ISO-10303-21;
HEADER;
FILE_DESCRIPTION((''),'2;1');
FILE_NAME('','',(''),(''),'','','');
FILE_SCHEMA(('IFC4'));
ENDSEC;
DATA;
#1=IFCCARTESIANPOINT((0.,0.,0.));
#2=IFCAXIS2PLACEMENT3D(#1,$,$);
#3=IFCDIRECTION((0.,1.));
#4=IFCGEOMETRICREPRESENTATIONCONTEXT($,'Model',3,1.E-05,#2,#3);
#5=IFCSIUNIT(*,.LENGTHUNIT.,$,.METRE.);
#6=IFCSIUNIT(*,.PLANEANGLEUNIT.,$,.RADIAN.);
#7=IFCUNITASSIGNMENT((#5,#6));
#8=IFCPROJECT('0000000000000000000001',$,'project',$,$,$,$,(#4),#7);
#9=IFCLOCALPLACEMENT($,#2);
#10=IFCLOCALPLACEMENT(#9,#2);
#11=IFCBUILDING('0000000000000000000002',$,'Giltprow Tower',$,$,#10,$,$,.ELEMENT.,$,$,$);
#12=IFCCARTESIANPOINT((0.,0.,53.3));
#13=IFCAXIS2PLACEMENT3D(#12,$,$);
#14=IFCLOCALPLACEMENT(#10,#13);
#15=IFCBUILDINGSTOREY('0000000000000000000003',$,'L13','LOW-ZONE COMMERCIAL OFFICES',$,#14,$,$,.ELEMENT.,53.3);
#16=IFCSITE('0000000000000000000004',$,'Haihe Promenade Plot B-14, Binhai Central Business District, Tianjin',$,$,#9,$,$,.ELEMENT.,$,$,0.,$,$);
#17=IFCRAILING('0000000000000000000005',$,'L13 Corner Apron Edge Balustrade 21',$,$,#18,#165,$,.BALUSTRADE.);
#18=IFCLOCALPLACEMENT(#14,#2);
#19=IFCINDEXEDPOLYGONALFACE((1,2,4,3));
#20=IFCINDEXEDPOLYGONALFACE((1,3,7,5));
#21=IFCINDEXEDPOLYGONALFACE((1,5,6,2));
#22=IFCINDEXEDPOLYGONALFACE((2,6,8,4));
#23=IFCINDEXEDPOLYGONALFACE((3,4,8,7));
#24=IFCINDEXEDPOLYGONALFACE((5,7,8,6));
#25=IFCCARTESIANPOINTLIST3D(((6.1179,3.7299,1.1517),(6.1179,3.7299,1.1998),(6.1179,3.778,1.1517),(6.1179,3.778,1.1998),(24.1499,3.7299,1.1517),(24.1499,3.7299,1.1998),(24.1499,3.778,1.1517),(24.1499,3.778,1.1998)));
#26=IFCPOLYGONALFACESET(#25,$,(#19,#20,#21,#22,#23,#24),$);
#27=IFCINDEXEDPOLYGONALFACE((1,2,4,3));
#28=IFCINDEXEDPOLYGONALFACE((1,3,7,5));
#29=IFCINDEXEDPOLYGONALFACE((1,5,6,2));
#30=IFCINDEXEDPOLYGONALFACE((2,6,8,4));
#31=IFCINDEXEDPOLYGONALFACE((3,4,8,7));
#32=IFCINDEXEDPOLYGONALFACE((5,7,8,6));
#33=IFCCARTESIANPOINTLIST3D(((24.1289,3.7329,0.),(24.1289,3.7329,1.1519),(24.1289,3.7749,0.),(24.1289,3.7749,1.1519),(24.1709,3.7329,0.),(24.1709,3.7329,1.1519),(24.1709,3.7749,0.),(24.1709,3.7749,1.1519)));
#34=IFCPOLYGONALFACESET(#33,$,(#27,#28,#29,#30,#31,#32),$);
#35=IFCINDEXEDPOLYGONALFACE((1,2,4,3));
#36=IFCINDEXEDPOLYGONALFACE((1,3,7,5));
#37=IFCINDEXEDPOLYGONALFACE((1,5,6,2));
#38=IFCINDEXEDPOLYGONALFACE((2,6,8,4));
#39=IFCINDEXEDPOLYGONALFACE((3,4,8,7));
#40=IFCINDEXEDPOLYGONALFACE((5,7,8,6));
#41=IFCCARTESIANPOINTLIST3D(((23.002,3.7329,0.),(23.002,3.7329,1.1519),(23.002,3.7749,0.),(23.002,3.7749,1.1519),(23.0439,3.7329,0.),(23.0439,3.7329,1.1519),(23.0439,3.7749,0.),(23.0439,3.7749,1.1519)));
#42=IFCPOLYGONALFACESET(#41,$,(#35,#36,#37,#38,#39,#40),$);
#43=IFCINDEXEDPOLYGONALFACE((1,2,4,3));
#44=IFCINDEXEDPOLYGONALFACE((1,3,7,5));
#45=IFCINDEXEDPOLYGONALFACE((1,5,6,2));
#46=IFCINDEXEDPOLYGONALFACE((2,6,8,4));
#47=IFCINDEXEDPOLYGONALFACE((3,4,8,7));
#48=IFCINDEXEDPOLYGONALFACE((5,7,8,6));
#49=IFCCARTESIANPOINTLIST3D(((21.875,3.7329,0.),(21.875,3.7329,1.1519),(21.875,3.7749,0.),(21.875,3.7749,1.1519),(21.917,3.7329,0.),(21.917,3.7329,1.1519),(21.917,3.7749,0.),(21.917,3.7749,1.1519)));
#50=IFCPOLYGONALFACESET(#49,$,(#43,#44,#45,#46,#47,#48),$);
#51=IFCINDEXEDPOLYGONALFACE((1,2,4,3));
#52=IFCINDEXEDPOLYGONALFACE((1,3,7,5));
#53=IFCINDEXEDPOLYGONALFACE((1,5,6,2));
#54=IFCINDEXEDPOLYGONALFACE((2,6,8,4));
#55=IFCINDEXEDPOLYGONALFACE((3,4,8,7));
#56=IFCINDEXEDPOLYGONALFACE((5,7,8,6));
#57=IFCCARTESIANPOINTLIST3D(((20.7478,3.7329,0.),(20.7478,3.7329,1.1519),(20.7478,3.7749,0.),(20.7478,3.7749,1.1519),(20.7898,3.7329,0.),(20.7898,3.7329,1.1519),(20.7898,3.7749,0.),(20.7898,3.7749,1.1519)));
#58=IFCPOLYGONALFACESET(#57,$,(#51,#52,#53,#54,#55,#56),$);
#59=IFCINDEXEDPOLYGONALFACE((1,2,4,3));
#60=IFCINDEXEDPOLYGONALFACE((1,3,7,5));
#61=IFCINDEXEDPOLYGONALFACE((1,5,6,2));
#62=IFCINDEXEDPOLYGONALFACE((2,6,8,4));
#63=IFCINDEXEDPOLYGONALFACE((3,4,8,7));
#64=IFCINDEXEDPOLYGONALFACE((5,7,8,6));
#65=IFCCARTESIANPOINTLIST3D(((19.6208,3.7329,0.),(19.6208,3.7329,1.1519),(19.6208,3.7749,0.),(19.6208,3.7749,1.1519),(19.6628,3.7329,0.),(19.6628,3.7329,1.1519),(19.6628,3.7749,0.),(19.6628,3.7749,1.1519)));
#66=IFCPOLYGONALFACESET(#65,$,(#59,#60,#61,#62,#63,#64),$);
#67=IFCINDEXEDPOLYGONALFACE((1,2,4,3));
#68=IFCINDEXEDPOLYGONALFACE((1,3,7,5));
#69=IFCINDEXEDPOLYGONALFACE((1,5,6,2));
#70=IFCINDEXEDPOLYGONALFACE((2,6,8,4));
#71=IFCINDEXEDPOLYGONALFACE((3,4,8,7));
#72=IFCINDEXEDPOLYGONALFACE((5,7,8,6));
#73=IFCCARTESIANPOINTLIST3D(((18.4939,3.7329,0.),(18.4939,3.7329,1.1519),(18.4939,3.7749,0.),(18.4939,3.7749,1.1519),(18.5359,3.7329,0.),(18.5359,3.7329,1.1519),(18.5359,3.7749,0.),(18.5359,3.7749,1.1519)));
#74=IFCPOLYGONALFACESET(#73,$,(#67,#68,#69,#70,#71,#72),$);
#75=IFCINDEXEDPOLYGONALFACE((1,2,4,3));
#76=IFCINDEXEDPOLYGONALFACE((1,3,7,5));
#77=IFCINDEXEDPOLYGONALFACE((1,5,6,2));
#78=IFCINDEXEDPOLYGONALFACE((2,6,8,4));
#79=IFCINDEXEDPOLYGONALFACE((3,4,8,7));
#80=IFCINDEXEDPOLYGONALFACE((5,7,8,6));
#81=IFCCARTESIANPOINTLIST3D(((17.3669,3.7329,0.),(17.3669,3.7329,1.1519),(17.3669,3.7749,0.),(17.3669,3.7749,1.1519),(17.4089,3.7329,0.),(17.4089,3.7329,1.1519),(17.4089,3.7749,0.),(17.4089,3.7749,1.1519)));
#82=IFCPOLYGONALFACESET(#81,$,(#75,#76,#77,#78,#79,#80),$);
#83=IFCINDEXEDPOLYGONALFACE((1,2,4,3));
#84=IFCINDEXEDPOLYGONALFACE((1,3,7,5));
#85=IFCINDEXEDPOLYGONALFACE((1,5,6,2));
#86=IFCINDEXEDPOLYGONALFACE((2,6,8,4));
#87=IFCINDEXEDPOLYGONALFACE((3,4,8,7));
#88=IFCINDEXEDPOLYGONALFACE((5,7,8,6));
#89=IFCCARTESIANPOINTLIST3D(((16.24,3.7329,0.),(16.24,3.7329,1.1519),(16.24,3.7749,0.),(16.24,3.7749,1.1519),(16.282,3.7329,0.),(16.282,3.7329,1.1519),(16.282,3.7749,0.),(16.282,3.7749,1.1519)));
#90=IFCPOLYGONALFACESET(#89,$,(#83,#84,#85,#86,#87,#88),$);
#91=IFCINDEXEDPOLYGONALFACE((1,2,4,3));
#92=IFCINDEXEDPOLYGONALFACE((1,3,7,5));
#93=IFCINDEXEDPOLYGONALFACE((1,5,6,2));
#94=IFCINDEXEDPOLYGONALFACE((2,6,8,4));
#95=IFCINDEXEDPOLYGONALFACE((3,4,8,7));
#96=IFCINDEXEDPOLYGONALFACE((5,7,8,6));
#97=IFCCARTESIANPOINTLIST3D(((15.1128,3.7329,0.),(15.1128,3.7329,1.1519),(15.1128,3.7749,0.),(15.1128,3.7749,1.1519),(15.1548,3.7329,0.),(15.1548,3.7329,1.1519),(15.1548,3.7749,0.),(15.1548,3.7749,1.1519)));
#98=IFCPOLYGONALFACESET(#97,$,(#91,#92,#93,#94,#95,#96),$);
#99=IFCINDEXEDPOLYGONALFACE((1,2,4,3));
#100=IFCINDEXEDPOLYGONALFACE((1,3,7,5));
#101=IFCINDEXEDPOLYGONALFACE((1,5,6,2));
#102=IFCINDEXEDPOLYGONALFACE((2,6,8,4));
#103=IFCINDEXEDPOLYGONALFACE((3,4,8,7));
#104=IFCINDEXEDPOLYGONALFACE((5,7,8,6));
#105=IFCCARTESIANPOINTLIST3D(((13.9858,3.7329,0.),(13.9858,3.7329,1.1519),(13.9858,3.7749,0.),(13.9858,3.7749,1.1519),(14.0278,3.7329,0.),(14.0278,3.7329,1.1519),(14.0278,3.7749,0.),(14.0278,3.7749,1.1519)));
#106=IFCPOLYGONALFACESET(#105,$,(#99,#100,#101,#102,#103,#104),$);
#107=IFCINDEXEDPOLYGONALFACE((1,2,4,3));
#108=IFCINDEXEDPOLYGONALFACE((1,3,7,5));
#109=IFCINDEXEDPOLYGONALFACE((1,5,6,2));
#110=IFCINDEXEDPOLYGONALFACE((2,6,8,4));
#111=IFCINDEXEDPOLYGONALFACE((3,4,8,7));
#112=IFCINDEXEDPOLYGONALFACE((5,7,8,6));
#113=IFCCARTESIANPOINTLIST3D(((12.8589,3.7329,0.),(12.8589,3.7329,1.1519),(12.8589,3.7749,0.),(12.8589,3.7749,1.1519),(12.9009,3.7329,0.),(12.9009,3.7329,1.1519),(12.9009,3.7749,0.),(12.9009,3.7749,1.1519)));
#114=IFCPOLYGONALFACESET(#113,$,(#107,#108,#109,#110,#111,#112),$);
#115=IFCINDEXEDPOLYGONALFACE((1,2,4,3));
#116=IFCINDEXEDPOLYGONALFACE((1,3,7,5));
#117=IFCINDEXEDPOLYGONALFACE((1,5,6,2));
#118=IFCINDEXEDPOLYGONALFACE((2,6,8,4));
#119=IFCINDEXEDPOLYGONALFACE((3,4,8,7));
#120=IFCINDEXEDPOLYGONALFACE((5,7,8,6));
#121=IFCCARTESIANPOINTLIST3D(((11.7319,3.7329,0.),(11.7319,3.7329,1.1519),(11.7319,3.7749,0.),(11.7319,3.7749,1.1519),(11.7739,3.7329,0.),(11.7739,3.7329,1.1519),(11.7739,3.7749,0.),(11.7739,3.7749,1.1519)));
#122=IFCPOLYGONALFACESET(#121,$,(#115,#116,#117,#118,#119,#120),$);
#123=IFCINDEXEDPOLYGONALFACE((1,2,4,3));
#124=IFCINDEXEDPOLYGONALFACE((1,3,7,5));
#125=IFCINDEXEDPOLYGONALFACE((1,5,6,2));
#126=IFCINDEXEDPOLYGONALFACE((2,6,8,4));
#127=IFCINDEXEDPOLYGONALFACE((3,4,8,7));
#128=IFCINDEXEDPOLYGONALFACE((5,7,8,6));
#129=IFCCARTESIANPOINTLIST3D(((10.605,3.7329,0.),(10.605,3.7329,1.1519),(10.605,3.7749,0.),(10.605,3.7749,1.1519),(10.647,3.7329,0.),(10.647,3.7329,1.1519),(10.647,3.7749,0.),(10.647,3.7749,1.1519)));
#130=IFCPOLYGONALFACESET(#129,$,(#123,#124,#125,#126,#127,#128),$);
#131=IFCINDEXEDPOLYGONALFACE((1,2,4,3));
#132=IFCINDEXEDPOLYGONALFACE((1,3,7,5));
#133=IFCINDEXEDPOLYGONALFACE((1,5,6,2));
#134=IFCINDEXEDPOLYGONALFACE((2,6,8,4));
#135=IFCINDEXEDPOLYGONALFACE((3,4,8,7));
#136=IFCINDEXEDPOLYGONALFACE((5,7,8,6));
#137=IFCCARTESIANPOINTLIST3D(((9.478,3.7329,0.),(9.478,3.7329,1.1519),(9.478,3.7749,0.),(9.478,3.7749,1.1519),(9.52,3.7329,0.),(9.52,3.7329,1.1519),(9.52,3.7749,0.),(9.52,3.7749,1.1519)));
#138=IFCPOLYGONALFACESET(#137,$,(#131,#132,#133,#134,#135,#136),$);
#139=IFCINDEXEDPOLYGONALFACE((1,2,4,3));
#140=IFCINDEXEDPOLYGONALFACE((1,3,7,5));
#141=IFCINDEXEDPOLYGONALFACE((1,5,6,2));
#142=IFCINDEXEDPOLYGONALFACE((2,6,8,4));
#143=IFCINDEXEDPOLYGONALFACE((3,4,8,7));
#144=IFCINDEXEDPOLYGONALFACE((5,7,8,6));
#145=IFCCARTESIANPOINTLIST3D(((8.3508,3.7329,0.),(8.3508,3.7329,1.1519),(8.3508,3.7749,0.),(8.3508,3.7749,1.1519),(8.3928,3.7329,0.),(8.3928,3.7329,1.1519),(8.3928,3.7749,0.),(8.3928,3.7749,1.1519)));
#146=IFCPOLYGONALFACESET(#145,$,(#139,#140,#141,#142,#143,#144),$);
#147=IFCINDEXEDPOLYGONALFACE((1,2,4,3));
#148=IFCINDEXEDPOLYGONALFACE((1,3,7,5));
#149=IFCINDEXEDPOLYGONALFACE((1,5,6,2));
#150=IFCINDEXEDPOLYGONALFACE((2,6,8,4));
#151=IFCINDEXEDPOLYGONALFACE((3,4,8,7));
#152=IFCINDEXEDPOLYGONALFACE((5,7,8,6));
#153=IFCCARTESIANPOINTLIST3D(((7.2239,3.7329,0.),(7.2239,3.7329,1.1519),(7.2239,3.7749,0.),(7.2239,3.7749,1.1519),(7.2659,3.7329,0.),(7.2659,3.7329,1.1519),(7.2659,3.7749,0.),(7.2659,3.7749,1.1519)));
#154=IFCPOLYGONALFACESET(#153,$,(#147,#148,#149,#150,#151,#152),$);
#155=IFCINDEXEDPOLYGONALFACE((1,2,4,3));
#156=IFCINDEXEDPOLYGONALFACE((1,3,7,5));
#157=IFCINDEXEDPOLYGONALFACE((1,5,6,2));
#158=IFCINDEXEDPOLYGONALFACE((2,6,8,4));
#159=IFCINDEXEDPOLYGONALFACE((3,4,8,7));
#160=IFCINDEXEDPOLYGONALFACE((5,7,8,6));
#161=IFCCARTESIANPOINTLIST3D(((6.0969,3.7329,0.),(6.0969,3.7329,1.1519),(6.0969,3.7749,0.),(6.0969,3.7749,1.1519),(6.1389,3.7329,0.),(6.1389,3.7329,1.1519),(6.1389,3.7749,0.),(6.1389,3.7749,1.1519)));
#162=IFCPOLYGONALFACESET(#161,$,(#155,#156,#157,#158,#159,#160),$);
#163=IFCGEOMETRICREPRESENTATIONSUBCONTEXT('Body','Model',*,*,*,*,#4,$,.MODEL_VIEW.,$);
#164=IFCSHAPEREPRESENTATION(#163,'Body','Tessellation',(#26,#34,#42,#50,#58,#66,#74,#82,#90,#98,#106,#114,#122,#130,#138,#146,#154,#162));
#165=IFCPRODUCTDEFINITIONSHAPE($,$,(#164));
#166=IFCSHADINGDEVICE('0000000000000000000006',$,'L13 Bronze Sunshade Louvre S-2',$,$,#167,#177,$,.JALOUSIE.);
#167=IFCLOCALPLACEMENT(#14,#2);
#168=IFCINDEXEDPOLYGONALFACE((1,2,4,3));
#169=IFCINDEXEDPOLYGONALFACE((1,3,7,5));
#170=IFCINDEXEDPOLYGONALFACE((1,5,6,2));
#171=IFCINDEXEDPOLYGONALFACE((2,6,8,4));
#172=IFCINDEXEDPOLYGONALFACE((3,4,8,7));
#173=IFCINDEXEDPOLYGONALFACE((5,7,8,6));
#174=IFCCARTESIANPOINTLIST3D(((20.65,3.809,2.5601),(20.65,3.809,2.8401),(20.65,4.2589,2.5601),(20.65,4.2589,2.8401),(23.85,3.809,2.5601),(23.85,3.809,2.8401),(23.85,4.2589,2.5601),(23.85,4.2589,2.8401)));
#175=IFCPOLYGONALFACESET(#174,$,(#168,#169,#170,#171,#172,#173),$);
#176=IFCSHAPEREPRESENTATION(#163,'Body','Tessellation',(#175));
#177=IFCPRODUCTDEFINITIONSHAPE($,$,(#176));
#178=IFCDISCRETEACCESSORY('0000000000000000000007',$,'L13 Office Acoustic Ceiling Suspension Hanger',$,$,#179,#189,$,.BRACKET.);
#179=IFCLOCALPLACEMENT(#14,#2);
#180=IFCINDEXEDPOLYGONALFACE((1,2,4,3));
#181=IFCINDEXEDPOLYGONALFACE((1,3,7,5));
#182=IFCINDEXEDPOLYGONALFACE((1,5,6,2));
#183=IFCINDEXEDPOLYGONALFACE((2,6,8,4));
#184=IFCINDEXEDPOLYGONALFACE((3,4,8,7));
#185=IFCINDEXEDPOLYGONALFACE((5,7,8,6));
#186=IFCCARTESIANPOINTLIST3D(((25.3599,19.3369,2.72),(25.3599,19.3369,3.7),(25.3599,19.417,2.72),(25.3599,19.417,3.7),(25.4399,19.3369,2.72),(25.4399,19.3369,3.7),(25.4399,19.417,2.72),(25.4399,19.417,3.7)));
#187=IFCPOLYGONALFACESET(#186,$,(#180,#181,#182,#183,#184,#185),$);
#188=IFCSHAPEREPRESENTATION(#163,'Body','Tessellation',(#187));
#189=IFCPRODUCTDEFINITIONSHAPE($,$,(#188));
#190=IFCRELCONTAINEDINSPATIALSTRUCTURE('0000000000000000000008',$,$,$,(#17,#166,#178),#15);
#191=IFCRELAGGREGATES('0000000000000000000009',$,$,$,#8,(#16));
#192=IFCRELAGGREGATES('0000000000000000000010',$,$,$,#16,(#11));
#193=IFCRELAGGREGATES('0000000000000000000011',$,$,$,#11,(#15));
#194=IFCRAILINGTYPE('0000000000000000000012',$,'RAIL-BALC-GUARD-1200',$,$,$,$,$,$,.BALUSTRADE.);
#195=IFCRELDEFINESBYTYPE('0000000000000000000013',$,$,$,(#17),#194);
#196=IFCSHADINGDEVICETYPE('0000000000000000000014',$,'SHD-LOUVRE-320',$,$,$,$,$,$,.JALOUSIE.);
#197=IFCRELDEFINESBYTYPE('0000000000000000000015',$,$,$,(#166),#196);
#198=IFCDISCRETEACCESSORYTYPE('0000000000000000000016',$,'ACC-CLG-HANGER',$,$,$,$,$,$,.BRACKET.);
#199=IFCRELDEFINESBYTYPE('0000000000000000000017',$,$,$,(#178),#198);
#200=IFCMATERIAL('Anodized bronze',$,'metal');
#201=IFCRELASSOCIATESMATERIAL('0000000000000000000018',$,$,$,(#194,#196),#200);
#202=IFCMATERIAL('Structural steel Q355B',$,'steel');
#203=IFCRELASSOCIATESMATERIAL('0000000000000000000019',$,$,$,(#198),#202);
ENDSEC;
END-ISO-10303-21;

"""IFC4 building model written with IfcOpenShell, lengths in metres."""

from ifc_helpers import new_model, si_unit, direction, frame, origin, origin_2d, place, context, subcontext, project, spatial, rectangle, extrude, source, transform, mapped, material, type_object, element, save


model = new_model("IFC4")

# Units and contexts
model_context = context("Model", 3, precision=1e-05, world=origin(), true_north=direction((0.0, 1.0)))
body_context = subcontext(model_context, "Body", "Model", "MODEL_VIEW")
ifc_project = project(units=[si_unit("LENGTHUNIT", "METRE"), si_unit("PLANEANGLEUNIT", "RADIAN")], contexts=[model_context])

# Site, building, storey
site_placement = place(None, origin())
site = spatial("IfcSite", under=ifc_project, at=site_placement, Name="Haihe Promenade Plot B-14, Binhai Central Business District, Tianjin", CompositionType="ELEMENT", RefElevation=0.0)
building_placement = place(site_placement, origin())
building = spatial("IfcBuilding", under=site, at=building_placement, Name="Giltprow Tower", CompositionType="ELEMENT")
storey_placement = place(building_placement, frame((0.0, 0.0, 53.3)))
storey = spatial("IfcBuildingStorey", under=building, at=storey_placement, Name="L13", Description="LOW-ZONE COMMERCIAL OFFICES", CompositionType="ELEMENT", Elevation=53.3)

# Shared definitions
ifc_material_1 = material(Name="Structural steel Q355B", Category="steel")

# Shared definitions
ifc_material_2 = material(Name="Anodized bronze", Category="metal")

# Railing
railing_type = type_object("IfcRailingType", Name="RAIL-BALC-GUARD-1200", PredefinedType="BALUSTRADE", material=ifc_material_2)
railing_1_placement = place(storey_placement, frame((24.1499, 3.7539, 0.0)))
element("IfcRailing", 1, at=railing_1_placement, inside=storey, type_object=railing_type, Name="L13 Corner Apron Edge Balustrade 21", PredefinedType="BALUSTRADE", context=body_context, shape_type="SweptSolid", body=[
    extrude(rectangle(XDim=0.0481, YDim=0.0481, at=origin_2d()), frame((0.0, 0.0, 1.1758), z_axis=(-1.0, 0.0, 0.0), x_axis=(0.0, -1.0, 0.0)), (0.0, 0.0, 1.0), 18.032),
    extrude(rectangle(XDim=0.042, YDim=0.042, at=origin_2d()), origin(), (0.0, 0.0, 1.0), 1.1519),
    extrude(rectangle(XDim=0.042, YDim=0.042, at=origin_2d()), frame((-1.127, 0.0, 0.0)), (0.0, 0.0, 1.0), 1.1519),
    extrude(rectangle(XDim=0.042, YDim=0.042, at=origin_2d()), frame((-2.2539, 0.0, 0.0)), (0.0, 0.0, 1.0), 1.1519),
    extrude(rectangle(XDim=0.042, YDim=0.042, at=origin_2d()), frame((-3.3811, 0.0, 0.0)), (0.0, 0.0, 1.0), 1.1519),
    extrude(rectangle(XDim=0.042, YDim=0.042, at=origin_2d()), frame((-4.5081, 0.0, 0.0)), (0.0, 0.0, 1.0), 1.1519),
    extrude(rectangle(XDim=0.042, YDim=0.042, at=origin_2d()), frame((-5.635, 0.0, 0.0)), (0.0, 0.0, 1.0), 1.1519),
    extrude(rectangle(XDim=0.042, YDim=0.042, at=origin_2d()), frame((-6.762, 0.0, 0.0)), (0.0, 0.0, 1.0), 1.1519),
    extrude(rectangle(XDim=0.042, YDim=0.042, at=origin_2d()), frame((-7.8889, 0.0, 0.0)), (0.0, 0.0, 1.0), 1.1519),
    extrude(rectangle(XDim=0.042, YDim=0.042, at=origin_2d()), frame((-9.0161, 0.0, 0.0)), (0.0, 0.0, 1.0), 1.1519),
    extrude(rectangle(XDim=0.042, YDim=0.042, at=origin_2d()), frame((-10.1431, 0.0, 0.0)), (0.0, 0.0, 1.0), 1.1519),
    extrude(rectangle(XDim=0.042, YDim=0.042, at=origin_2d()), frame((-11.27, 0.0, 0.0)), (0.0, 0.0, 1.0), 1.1519),
    extrude(rectangle(XDim=0.042, YDim=0.042, at=origin_2d()), frame((-12.397, 0.0, 0.0)), (0.0, 0.0, 1.0), 1.1519),
    extrude(rectangle(XDim=0.042, YDim=0.042, at=origin_2d()), frame((-13.5239, 0.0, 0.0)), (0.0, 0.0, 1.0), 1.1519),
    extrude(rectangle(XDim=0.042, YDim=0.042, at=origin_2d()), frame((-14.6509, 0.0, 0.0)), (0.0, 0.0, 1.0), 1.1519),
    extrude(rectangle(XDim=0.042, YDim=0.042, at=origin_2d()), frame((-15.7781, 0.0, 0.0)), (0.0, 0.0, 1.0), 1.1519),
    extrude(rectangle(XDim=0.042, YDim=0.042, at=origin_2d()), frame((-16.905, 0.0, 0.0)), (0.0, 0.0, 1.0), 1.1519),
    extrude(rectangle(XDim=0.042, YDim=0.042, at=origin_2d()), frame((-18.032, 0.0, 0.0)), (0.0, 0.0, 1.0), 1.1519),
])

# Shading device
shading_device_type = type_object("IfcShadingDeviceType", Name="SHD-LOUVRE-320", PredefinedType="JALOUSIE", material=ifc_material_2)
shared_shape_1 = source(origin(), body_context, "Body", "SweptSolid", [
    extrude(rectangle(XDim=3.2, YDim=0.45, at=origin_2d()), origin(), (0.0, 0.0, 1.0), 0.28),
])
shading_device_placement = place(storey_placement, frame((22.25, 4.0339, 2.5601), z_axis=(0.0, 0.0, 1.0), x_axis=(1.0, 0.0, 0.0)))
element("IfcShadingDevice", 2, at=shading_device_placement, inside=storey, type_object=shading_device_type, Name="L13 Bronze Sunshade Louvre S-2", PredefinedType="JALOUSIE", context=body_context, shape_type="MappedRepresentation", body=[
    mapped(shared_shape_1, transform((0.0, 0.0, 0.0), x_axis=(1.0, 0.0, 0.0), y_axis=(0.0, 1.0, 0.0), z_axis=(0.0, 0.0, 1.0), scale=1.0)),
])

# Discrete accessory
discrete_accessory_type = type_object("IfcDiscreteAccessoryType", Name="ACC-CLG-HANGER", PredefinedType="BRACKET", material=ifc_material_1)
shared_shape_2 = source(origin(), body_context, "Body", "SweptSolid", [
    extrude(rectangle(XDim=0.0801, YDim=0.0801, at=origin_2d()), origin(), (0.0, 0.0, 1.0), 0.98),
])
discrete_accessory_placement = place(storey_placement, frame((25.3999, 19.377, 2.72), z_axis=(0.0, 0.0, 1.0), x_axis=(1.0, 0.0, 0.0)))
element("IfcDiscreteAccessory", 3, at=discrete_accessory_placement, inside=storey, type_object=discrete_accessory_type, Name="L13 Office Acoustic Ceiling Suspension Hanger", PredefinedType="BRACKET", context=body_context, shape_type="MappedRepresentation", body=[
    mapped(shared_shape_2, transform((0.0, 0.0, 0.0), x_axis=(1.0, 0.0, 0.0), y_axis=(0.0, 1.0, 0.0), z_axis=(0.0, 0.0, 1.0), scale=1.0)),
])

save(model, "model.ifc")
